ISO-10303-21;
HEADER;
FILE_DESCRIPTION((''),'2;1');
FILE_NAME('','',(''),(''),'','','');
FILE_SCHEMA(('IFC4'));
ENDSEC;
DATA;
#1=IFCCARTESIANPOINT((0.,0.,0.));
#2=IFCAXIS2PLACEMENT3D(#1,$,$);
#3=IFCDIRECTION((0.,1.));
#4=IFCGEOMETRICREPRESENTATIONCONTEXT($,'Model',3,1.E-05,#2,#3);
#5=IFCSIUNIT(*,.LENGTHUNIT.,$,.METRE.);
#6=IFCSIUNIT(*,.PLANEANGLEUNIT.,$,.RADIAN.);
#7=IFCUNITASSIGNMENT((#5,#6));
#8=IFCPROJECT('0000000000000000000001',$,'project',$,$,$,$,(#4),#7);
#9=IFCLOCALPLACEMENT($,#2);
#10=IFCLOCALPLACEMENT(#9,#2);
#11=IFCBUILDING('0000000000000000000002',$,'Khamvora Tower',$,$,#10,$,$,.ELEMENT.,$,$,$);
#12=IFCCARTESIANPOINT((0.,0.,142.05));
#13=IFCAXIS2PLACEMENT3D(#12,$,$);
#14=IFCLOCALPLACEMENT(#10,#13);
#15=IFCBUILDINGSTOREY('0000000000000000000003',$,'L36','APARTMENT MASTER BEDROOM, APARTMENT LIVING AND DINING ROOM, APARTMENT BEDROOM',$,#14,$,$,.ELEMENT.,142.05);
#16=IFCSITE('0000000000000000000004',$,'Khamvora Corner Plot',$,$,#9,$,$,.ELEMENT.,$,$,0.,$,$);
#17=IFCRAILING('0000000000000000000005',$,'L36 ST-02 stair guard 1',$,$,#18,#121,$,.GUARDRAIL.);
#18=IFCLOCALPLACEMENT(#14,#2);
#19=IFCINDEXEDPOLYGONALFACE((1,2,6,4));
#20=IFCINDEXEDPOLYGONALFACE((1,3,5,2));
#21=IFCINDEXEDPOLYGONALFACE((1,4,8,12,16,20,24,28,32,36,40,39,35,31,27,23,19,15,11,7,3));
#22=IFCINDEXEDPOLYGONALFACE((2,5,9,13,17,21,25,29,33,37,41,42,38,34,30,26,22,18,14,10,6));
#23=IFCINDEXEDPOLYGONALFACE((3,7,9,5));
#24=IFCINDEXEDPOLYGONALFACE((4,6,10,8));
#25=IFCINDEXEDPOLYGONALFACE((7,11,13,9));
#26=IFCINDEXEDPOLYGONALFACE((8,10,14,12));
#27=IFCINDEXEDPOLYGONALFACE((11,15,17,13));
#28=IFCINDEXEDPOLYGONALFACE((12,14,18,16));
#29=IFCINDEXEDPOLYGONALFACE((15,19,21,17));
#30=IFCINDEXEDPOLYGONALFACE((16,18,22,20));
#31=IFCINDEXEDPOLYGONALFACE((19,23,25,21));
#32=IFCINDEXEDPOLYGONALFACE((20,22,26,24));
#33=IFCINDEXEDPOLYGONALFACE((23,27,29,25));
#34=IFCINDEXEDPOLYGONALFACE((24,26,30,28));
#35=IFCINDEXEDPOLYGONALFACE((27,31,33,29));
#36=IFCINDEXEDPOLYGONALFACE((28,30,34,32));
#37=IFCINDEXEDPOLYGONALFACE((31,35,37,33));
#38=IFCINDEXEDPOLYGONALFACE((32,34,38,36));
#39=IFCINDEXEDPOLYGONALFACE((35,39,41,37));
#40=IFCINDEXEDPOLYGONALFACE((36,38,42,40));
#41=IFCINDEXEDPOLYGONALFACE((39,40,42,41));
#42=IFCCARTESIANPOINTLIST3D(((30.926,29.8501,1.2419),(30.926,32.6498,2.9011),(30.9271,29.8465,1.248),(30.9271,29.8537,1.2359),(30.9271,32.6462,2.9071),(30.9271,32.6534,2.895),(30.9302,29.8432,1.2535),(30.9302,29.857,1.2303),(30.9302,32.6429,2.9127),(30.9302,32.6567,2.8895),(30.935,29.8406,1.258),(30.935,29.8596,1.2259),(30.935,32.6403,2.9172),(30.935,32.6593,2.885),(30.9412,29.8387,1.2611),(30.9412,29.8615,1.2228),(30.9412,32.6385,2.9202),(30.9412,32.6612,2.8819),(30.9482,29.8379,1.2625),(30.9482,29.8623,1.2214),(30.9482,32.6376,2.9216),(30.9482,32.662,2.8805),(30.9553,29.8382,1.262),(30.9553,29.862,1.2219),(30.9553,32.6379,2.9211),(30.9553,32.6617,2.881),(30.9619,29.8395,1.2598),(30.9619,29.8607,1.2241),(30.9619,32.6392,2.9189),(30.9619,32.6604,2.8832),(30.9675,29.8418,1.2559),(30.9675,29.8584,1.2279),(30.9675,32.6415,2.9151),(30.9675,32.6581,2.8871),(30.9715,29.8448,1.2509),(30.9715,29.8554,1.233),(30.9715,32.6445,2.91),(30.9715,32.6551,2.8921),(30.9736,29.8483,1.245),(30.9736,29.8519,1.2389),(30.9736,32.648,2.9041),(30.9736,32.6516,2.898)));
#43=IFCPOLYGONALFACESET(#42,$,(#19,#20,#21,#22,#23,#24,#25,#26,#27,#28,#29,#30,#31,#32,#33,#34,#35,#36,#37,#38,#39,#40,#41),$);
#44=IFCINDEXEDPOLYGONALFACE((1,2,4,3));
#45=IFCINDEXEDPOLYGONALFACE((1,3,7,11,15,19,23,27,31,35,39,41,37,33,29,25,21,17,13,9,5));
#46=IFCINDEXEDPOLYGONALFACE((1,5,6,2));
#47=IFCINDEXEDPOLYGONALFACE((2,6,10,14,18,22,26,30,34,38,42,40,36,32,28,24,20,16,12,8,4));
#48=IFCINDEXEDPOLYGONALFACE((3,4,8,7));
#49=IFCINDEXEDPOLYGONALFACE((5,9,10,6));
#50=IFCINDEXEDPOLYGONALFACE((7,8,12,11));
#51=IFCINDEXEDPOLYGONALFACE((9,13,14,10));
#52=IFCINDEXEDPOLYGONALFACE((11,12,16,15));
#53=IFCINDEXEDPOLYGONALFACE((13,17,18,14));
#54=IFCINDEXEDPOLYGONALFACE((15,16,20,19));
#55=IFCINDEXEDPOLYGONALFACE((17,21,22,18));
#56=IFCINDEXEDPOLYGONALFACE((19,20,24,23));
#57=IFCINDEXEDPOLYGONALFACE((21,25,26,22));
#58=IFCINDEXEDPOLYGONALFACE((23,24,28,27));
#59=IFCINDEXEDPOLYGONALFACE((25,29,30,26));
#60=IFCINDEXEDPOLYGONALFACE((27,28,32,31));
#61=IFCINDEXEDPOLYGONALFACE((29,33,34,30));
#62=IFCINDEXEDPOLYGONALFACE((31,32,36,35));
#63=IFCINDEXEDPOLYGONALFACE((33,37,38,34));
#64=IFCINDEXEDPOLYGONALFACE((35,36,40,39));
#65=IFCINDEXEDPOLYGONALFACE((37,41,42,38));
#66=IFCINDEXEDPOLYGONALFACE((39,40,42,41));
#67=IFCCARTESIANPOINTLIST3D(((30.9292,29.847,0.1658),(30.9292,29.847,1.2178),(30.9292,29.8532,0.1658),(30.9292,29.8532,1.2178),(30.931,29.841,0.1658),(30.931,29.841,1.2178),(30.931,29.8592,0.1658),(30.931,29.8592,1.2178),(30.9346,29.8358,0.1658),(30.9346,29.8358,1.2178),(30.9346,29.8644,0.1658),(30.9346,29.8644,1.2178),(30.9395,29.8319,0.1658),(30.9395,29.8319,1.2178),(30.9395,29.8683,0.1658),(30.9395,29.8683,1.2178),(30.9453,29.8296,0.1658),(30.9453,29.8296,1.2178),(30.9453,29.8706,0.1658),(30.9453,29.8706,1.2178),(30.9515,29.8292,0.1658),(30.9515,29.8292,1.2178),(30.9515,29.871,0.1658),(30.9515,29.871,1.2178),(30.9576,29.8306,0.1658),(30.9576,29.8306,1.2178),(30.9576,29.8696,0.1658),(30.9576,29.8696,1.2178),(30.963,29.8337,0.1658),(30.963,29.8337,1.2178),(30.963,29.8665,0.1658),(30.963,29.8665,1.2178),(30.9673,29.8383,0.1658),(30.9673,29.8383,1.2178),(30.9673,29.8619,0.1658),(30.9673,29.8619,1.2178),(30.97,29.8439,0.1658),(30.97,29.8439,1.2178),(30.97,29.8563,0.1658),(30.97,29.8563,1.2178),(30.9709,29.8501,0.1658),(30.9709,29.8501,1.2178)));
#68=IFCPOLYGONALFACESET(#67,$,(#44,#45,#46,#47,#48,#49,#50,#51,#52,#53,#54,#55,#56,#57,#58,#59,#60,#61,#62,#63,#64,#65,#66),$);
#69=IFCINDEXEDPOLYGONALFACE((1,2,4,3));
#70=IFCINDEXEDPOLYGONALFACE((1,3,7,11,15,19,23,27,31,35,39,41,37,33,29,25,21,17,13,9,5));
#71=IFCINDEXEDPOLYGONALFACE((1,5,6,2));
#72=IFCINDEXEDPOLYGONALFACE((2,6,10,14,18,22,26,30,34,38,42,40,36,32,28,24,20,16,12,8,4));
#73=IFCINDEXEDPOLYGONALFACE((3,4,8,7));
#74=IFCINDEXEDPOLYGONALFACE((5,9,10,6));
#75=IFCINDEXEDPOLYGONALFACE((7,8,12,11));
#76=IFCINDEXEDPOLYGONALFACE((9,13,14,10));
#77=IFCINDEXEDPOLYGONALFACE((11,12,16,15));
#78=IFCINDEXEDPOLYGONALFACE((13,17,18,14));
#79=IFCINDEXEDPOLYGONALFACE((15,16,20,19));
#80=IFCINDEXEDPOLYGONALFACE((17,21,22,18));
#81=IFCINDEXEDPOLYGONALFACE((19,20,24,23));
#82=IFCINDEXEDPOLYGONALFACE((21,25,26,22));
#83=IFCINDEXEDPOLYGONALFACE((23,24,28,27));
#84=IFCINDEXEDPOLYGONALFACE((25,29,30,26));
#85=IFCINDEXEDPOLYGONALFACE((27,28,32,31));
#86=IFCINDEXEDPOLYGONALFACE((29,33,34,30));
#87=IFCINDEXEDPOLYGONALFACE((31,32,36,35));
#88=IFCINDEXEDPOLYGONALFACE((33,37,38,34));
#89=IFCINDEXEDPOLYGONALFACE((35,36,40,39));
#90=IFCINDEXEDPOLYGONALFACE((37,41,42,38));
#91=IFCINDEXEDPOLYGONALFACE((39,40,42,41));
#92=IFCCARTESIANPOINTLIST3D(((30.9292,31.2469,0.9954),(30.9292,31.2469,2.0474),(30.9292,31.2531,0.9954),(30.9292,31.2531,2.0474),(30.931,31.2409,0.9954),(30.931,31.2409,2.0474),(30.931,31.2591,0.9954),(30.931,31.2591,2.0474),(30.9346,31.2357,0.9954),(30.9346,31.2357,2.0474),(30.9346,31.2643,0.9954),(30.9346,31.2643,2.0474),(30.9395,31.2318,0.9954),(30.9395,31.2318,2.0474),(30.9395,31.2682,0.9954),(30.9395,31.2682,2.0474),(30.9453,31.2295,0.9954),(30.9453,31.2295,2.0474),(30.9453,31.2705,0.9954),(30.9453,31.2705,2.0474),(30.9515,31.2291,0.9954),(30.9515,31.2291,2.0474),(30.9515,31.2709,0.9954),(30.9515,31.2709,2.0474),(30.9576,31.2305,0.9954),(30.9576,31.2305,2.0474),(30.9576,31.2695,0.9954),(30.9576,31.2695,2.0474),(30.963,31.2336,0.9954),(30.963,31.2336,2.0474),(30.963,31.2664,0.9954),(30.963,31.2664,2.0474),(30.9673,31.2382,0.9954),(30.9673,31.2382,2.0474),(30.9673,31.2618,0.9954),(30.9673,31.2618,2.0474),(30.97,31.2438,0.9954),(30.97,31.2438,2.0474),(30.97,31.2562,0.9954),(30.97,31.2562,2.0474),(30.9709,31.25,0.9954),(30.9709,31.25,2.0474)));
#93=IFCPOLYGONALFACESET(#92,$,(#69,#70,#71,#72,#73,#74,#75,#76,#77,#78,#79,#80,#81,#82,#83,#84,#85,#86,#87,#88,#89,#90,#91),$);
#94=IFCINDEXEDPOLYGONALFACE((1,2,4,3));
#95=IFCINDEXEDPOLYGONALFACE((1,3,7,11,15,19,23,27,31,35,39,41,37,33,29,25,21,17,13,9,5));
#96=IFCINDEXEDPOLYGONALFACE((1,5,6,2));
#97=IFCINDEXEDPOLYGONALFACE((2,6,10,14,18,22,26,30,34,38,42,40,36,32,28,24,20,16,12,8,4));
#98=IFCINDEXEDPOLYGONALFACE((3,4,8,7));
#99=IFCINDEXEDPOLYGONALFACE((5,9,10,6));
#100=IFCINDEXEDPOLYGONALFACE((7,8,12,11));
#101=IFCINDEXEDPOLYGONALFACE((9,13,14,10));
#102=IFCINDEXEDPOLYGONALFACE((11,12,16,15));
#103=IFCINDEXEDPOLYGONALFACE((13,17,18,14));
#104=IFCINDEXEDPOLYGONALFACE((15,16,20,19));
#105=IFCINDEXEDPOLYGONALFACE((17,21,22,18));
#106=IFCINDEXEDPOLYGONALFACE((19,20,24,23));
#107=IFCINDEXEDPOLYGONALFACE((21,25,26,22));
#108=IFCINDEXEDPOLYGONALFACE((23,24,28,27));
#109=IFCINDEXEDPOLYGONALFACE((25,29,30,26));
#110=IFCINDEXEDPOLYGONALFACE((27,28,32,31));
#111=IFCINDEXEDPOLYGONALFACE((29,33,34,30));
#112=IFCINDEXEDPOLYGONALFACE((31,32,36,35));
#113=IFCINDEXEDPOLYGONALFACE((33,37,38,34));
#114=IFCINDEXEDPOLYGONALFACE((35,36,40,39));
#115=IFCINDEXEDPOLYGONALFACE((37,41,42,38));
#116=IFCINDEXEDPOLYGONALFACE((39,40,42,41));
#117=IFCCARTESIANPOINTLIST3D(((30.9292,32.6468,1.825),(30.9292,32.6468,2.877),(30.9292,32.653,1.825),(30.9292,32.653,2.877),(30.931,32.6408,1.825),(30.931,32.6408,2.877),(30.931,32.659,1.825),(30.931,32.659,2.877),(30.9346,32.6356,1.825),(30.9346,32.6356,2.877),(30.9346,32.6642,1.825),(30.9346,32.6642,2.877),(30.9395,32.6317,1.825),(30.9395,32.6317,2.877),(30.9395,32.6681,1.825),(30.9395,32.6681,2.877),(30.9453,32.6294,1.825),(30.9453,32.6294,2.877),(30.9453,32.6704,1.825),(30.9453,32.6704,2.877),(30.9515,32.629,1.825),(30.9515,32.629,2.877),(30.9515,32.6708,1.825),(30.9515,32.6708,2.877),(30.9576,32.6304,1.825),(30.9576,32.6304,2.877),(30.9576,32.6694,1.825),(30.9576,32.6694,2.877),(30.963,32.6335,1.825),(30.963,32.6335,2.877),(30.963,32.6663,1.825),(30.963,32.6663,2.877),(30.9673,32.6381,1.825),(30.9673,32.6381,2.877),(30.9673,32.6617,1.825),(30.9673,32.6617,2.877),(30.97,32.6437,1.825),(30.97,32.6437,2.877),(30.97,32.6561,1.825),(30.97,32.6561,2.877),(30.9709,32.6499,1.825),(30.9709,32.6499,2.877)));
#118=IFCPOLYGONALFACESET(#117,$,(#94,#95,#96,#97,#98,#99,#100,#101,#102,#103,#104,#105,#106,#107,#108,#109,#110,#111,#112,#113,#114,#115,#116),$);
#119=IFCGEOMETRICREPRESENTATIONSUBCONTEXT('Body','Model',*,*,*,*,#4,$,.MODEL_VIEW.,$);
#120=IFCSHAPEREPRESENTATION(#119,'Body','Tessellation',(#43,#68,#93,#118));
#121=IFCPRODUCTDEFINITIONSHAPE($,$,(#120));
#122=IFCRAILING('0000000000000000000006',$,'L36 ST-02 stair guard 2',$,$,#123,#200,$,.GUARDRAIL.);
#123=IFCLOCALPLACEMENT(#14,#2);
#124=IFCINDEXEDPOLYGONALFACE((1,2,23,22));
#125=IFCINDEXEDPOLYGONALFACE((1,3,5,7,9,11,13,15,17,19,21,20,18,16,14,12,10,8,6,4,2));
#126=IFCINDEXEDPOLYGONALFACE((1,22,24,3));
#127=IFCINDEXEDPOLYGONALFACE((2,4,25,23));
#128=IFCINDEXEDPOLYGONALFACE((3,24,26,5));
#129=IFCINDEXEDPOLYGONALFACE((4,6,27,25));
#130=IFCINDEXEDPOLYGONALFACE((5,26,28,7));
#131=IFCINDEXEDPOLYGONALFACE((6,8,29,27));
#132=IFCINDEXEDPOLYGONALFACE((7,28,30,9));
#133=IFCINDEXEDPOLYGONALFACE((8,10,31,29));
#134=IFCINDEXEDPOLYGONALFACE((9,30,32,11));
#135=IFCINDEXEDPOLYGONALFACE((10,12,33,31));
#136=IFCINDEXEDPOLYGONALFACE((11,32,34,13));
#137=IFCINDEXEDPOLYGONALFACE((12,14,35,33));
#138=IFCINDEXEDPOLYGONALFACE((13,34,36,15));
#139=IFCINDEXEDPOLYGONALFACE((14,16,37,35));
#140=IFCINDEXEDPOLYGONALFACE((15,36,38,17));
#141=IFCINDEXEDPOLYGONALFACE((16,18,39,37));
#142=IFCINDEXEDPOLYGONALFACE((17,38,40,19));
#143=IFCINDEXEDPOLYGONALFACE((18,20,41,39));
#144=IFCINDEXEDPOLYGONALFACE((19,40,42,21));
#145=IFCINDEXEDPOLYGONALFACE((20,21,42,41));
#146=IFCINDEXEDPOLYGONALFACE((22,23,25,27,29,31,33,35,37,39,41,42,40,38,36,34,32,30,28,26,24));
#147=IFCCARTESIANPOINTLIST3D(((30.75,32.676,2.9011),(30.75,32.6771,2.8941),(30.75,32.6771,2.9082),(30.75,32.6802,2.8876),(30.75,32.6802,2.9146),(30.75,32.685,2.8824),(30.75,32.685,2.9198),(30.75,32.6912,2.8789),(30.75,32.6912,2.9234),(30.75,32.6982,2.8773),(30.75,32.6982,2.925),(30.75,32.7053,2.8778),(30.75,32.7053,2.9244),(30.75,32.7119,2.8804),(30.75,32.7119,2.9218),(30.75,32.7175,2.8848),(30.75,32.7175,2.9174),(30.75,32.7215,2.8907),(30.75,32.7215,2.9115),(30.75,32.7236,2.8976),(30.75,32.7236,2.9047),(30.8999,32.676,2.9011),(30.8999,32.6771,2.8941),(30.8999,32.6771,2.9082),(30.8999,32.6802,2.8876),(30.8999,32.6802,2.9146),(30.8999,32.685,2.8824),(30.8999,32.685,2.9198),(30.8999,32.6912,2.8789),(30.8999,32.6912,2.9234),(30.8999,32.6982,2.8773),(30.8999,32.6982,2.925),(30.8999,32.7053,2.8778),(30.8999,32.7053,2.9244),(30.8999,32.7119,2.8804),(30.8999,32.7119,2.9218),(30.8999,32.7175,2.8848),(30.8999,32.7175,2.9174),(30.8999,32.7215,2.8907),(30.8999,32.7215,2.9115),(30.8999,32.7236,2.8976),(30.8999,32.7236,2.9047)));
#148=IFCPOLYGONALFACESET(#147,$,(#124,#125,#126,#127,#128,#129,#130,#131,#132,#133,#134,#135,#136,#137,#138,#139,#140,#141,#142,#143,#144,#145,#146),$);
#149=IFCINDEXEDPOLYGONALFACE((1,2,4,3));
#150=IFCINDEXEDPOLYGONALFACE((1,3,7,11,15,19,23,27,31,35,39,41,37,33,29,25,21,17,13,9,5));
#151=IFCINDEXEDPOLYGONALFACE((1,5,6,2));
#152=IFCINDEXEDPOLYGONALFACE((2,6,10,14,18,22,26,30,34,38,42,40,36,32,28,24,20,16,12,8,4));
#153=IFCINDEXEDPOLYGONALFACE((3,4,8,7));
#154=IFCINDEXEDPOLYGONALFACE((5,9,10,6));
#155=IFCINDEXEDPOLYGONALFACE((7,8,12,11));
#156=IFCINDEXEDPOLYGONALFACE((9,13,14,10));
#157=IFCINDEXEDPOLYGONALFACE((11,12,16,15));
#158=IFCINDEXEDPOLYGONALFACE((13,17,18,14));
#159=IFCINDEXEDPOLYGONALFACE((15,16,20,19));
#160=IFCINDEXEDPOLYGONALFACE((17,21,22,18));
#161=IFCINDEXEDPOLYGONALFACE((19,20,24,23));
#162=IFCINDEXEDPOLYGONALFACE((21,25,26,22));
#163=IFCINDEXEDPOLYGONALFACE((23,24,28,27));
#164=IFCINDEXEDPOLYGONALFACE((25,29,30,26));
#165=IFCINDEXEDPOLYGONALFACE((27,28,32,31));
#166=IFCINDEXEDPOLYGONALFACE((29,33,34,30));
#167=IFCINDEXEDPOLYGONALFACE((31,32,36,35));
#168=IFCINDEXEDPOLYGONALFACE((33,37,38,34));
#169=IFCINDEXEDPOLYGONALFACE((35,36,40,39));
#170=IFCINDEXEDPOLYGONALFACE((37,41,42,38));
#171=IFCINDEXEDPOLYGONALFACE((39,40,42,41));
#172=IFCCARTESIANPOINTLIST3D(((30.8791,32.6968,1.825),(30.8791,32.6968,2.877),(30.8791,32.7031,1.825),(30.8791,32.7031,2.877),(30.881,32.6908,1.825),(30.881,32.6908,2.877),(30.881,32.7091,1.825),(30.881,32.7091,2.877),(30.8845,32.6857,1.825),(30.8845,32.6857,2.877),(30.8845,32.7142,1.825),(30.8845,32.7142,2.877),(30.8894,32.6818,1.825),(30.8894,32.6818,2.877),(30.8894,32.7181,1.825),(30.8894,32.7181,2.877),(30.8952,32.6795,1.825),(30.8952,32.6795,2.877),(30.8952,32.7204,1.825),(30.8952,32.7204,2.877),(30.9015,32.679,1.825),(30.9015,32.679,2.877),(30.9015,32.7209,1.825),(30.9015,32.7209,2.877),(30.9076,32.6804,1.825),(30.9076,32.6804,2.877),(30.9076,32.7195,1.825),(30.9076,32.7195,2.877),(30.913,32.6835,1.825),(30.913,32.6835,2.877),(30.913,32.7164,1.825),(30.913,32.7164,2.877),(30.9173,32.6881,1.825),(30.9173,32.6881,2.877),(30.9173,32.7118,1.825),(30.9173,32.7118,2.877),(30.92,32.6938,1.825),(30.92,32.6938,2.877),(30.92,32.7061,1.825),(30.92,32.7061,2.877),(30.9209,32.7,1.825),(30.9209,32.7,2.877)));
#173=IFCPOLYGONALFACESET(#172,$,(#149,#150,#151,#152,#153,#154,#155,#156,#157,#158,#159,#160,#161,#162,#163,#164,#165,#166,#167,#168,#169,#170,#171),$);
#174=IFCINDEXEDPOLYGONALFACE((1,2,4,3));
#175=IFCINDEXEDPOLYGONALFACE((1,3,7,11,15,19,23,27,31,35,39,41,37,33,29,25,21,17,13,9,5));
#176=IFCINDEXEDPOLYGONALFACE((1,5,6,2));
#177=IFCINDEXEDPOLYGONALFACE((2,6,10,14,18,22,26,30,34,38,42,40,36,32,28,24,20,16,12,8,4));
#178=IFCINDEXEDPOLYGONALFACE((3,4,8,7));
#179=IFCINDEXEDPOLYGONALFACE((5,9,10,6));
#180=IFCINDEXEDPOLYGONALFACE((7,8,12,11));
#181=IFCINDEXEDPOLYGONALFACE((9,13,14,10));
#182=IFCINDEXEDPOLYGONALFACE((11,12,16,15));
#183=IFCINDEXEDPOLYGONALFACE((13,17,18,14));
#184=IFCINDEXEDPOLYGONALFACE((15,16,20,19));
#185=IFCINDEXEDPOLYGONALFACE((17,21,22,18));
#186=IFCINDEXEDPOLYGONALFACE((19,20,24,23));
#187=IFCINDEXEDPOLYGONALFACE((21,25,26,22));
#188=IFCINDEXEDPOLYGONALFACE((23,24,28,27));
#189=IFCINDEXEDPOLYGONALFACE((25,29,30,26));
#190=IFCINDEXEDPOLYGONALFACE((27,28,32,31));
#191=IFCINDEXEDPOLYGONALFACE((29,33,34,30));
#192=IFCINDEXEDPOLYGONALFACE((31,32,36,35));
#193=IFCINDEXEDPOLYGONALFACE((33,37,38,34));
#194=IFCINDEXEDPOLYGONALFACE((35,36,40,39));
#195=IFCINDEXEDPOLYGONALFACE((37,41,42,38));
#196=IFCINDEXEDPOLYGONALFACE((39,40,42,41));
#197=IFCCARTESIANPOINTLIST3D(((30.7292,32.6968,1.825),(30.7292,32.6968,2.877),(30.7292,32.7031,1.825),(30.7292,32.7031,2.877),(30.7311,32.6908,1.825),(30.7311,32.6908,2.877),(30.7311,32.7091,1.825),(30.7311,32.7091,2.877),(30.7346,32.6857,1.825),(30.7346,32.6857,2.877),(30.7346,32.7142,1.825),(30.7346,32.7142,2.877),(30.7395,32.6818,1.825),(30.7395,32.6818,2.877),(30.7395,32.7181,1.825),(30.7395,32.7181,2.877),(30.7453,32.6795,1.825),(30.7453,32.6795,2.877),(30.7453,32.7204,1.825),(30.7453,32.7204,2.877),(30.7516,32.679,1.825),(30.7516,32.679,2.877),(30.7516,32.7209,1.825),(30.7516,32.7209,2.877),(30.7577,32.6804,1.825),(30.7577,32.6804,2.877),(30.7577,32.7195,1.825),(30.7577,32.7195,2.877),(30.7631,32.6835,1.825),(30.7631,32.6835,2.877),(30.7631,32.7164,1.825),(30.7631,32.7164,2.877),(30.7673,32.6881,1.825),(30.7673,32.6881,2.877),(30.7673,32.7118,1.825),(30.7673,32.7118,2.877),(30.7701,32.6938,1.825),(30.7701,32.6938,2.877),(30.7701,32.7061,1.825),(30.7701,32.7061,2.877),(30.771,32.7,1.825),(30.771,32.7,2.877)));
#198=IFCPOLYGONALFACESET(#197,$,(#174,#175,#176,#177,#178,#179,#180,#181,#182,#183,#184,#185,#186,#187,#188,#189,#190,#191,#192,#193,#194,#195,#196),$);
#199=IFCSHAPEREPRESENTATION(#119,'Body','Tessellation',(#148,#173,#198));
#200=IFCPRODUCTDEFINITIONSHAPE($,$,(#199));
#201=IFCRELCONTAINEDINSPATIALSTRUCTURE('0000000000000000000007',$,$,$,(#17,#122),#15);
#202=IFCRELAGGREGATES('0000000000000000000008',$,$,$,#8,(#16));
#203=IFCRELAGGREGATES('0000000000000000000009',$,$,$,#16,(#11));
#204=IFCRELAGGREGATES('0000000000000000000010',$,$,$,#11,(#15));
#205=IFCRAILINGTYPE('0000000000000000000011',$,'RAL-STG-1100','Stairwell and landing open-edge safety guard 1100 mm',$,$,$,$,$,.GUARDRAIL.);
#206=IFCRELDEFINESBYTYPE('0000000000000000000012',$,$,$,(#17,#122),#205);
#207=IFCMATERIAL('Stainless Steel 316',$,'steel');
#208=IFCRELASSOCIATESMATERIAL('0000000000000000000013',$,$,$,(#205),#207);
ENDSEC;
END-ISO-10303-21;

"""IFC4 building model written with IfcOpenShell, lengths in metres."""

from ifc_helpers import new_model, si_unit, direction, frame, origin, origin_2d, place, context, subcontext, project, spatial, circle, extrude, material, type_object, element, save


model = new_model("IFC4")

# Units and contexts
model_context = context("Model", 3, precision=1e-05, world=origin(), true_north=direction((0.0, 1.0)))
body_context = subcontext(model_context, "Body", "Model", "MODEL_VIEW")
ifc_project = project(units=[si_unit("LENGTHUNIT", "METRE"), si_unit("PLANEANGLEUNIT", "RADIAN")], contexts=[model_context])

# Site, building, storey
site_placement = place(None, origin())
site = spatial("IfcSite", under=ifc_project, at=site_placement, Name="Khamvora Corner Plot", CompositionType="ELEMENT", RefElevation=0.0)
building_placement = place(site_placement, origin())
building = spatial("IfcBuilding", under=site, at=building_placement, Name="Khamvora Tower", CompositionType="ELEMENT")
storey_placement = place(building_placement, frame((0.0, 0.0, 142.05)))
storey = spatial("IfcBuildingStorey", under=building, at=storey_placement, Name="L36", Description="APARTMENT MASTER BEDROOM, APARTMENT LIVING AND DINING ROOM, APARTMENT BEDROOM", CompositionType="ELEMENT", Elevation=142.05)

# Railings
ifc_material_1 = material(Name="Stainless Steel 316", Category="steel")
railing_type_1 = type_object("IfcRailingType", Name="RAL-STG-1100", Description="Stairwell and landing open-edge safety guard 1100 mm", PredefinedType="GUARDRAIL", material=ifc_material_1)
railing_1_placement = place(storey_placement, frame((30.95, 29.8501, 0.1658)))
element("IfcRailing", 1, at=railing_1_placement, inside=storey, type_object=railing_type_1, Name="L36 ST-02 stair guard 1", PredefinedType="GUARDRAIL", context=body_context, shape_type="SweptSolid", body=[
    extrude(circle(Radius=0.0239, at=origin_2d()), frame((0.0, 0.0, 1.0762), z_axis=(0.0, 0.860287, 0.509811), x_axis=(-1.0, 0.0, 0.0)), (0.0, 0.0, 1.0), 3.2544),
    extrude(circle(Radius=0.021, at=origin_2d()), origin(), (0.0, 0.0, 1.0), 1.052),
    extrude(circle(Radius=0.021, at=origin_2d()), frame((0.0, 1.3999, 0.8296)), (0.0, 0.0, 1.0), 1.052),
    extrude(circle(Radius=0.021, at=origin_2d()), frame((0.0, 2.7998, 1.6592)), (0.0, 0.0, 1.0), 1.052),
])
for number, where, name in (
    (2, (30.8999, 32.7, 1.825), "L36 ST-02 stair guard 2"),
):
    element("IfcRailing", number, at=place(storey_placement, frame(where)), inside=storey, type_object=railing_type_1, Name=name, PredefinedType="GUARDRAIL", context=body_context, shape_type="SweptSolid", body=[
        extrude(circle(Radius=0.0239, at=origin_2d()), frame((0.0, 0.0, 1.0762), z_axis=(-1.0, 0.0, 0.0), x_axis=(0.0, -1.0, 0.0)), (0.0, 0.0, 1.0), 0.1499),
        extrude(circle(Radius=0.021, at=origin_2d()), origin(), (0.0, 0.0, 1.0), 1.052),
        extrude(circle(Radius=0.021, at=origin_2d()), frame((-0.1499, 0.0, 0.0)), (0.0, 0.0, 1.0), 1.052),
    ])

save(model, "model.ifc")
